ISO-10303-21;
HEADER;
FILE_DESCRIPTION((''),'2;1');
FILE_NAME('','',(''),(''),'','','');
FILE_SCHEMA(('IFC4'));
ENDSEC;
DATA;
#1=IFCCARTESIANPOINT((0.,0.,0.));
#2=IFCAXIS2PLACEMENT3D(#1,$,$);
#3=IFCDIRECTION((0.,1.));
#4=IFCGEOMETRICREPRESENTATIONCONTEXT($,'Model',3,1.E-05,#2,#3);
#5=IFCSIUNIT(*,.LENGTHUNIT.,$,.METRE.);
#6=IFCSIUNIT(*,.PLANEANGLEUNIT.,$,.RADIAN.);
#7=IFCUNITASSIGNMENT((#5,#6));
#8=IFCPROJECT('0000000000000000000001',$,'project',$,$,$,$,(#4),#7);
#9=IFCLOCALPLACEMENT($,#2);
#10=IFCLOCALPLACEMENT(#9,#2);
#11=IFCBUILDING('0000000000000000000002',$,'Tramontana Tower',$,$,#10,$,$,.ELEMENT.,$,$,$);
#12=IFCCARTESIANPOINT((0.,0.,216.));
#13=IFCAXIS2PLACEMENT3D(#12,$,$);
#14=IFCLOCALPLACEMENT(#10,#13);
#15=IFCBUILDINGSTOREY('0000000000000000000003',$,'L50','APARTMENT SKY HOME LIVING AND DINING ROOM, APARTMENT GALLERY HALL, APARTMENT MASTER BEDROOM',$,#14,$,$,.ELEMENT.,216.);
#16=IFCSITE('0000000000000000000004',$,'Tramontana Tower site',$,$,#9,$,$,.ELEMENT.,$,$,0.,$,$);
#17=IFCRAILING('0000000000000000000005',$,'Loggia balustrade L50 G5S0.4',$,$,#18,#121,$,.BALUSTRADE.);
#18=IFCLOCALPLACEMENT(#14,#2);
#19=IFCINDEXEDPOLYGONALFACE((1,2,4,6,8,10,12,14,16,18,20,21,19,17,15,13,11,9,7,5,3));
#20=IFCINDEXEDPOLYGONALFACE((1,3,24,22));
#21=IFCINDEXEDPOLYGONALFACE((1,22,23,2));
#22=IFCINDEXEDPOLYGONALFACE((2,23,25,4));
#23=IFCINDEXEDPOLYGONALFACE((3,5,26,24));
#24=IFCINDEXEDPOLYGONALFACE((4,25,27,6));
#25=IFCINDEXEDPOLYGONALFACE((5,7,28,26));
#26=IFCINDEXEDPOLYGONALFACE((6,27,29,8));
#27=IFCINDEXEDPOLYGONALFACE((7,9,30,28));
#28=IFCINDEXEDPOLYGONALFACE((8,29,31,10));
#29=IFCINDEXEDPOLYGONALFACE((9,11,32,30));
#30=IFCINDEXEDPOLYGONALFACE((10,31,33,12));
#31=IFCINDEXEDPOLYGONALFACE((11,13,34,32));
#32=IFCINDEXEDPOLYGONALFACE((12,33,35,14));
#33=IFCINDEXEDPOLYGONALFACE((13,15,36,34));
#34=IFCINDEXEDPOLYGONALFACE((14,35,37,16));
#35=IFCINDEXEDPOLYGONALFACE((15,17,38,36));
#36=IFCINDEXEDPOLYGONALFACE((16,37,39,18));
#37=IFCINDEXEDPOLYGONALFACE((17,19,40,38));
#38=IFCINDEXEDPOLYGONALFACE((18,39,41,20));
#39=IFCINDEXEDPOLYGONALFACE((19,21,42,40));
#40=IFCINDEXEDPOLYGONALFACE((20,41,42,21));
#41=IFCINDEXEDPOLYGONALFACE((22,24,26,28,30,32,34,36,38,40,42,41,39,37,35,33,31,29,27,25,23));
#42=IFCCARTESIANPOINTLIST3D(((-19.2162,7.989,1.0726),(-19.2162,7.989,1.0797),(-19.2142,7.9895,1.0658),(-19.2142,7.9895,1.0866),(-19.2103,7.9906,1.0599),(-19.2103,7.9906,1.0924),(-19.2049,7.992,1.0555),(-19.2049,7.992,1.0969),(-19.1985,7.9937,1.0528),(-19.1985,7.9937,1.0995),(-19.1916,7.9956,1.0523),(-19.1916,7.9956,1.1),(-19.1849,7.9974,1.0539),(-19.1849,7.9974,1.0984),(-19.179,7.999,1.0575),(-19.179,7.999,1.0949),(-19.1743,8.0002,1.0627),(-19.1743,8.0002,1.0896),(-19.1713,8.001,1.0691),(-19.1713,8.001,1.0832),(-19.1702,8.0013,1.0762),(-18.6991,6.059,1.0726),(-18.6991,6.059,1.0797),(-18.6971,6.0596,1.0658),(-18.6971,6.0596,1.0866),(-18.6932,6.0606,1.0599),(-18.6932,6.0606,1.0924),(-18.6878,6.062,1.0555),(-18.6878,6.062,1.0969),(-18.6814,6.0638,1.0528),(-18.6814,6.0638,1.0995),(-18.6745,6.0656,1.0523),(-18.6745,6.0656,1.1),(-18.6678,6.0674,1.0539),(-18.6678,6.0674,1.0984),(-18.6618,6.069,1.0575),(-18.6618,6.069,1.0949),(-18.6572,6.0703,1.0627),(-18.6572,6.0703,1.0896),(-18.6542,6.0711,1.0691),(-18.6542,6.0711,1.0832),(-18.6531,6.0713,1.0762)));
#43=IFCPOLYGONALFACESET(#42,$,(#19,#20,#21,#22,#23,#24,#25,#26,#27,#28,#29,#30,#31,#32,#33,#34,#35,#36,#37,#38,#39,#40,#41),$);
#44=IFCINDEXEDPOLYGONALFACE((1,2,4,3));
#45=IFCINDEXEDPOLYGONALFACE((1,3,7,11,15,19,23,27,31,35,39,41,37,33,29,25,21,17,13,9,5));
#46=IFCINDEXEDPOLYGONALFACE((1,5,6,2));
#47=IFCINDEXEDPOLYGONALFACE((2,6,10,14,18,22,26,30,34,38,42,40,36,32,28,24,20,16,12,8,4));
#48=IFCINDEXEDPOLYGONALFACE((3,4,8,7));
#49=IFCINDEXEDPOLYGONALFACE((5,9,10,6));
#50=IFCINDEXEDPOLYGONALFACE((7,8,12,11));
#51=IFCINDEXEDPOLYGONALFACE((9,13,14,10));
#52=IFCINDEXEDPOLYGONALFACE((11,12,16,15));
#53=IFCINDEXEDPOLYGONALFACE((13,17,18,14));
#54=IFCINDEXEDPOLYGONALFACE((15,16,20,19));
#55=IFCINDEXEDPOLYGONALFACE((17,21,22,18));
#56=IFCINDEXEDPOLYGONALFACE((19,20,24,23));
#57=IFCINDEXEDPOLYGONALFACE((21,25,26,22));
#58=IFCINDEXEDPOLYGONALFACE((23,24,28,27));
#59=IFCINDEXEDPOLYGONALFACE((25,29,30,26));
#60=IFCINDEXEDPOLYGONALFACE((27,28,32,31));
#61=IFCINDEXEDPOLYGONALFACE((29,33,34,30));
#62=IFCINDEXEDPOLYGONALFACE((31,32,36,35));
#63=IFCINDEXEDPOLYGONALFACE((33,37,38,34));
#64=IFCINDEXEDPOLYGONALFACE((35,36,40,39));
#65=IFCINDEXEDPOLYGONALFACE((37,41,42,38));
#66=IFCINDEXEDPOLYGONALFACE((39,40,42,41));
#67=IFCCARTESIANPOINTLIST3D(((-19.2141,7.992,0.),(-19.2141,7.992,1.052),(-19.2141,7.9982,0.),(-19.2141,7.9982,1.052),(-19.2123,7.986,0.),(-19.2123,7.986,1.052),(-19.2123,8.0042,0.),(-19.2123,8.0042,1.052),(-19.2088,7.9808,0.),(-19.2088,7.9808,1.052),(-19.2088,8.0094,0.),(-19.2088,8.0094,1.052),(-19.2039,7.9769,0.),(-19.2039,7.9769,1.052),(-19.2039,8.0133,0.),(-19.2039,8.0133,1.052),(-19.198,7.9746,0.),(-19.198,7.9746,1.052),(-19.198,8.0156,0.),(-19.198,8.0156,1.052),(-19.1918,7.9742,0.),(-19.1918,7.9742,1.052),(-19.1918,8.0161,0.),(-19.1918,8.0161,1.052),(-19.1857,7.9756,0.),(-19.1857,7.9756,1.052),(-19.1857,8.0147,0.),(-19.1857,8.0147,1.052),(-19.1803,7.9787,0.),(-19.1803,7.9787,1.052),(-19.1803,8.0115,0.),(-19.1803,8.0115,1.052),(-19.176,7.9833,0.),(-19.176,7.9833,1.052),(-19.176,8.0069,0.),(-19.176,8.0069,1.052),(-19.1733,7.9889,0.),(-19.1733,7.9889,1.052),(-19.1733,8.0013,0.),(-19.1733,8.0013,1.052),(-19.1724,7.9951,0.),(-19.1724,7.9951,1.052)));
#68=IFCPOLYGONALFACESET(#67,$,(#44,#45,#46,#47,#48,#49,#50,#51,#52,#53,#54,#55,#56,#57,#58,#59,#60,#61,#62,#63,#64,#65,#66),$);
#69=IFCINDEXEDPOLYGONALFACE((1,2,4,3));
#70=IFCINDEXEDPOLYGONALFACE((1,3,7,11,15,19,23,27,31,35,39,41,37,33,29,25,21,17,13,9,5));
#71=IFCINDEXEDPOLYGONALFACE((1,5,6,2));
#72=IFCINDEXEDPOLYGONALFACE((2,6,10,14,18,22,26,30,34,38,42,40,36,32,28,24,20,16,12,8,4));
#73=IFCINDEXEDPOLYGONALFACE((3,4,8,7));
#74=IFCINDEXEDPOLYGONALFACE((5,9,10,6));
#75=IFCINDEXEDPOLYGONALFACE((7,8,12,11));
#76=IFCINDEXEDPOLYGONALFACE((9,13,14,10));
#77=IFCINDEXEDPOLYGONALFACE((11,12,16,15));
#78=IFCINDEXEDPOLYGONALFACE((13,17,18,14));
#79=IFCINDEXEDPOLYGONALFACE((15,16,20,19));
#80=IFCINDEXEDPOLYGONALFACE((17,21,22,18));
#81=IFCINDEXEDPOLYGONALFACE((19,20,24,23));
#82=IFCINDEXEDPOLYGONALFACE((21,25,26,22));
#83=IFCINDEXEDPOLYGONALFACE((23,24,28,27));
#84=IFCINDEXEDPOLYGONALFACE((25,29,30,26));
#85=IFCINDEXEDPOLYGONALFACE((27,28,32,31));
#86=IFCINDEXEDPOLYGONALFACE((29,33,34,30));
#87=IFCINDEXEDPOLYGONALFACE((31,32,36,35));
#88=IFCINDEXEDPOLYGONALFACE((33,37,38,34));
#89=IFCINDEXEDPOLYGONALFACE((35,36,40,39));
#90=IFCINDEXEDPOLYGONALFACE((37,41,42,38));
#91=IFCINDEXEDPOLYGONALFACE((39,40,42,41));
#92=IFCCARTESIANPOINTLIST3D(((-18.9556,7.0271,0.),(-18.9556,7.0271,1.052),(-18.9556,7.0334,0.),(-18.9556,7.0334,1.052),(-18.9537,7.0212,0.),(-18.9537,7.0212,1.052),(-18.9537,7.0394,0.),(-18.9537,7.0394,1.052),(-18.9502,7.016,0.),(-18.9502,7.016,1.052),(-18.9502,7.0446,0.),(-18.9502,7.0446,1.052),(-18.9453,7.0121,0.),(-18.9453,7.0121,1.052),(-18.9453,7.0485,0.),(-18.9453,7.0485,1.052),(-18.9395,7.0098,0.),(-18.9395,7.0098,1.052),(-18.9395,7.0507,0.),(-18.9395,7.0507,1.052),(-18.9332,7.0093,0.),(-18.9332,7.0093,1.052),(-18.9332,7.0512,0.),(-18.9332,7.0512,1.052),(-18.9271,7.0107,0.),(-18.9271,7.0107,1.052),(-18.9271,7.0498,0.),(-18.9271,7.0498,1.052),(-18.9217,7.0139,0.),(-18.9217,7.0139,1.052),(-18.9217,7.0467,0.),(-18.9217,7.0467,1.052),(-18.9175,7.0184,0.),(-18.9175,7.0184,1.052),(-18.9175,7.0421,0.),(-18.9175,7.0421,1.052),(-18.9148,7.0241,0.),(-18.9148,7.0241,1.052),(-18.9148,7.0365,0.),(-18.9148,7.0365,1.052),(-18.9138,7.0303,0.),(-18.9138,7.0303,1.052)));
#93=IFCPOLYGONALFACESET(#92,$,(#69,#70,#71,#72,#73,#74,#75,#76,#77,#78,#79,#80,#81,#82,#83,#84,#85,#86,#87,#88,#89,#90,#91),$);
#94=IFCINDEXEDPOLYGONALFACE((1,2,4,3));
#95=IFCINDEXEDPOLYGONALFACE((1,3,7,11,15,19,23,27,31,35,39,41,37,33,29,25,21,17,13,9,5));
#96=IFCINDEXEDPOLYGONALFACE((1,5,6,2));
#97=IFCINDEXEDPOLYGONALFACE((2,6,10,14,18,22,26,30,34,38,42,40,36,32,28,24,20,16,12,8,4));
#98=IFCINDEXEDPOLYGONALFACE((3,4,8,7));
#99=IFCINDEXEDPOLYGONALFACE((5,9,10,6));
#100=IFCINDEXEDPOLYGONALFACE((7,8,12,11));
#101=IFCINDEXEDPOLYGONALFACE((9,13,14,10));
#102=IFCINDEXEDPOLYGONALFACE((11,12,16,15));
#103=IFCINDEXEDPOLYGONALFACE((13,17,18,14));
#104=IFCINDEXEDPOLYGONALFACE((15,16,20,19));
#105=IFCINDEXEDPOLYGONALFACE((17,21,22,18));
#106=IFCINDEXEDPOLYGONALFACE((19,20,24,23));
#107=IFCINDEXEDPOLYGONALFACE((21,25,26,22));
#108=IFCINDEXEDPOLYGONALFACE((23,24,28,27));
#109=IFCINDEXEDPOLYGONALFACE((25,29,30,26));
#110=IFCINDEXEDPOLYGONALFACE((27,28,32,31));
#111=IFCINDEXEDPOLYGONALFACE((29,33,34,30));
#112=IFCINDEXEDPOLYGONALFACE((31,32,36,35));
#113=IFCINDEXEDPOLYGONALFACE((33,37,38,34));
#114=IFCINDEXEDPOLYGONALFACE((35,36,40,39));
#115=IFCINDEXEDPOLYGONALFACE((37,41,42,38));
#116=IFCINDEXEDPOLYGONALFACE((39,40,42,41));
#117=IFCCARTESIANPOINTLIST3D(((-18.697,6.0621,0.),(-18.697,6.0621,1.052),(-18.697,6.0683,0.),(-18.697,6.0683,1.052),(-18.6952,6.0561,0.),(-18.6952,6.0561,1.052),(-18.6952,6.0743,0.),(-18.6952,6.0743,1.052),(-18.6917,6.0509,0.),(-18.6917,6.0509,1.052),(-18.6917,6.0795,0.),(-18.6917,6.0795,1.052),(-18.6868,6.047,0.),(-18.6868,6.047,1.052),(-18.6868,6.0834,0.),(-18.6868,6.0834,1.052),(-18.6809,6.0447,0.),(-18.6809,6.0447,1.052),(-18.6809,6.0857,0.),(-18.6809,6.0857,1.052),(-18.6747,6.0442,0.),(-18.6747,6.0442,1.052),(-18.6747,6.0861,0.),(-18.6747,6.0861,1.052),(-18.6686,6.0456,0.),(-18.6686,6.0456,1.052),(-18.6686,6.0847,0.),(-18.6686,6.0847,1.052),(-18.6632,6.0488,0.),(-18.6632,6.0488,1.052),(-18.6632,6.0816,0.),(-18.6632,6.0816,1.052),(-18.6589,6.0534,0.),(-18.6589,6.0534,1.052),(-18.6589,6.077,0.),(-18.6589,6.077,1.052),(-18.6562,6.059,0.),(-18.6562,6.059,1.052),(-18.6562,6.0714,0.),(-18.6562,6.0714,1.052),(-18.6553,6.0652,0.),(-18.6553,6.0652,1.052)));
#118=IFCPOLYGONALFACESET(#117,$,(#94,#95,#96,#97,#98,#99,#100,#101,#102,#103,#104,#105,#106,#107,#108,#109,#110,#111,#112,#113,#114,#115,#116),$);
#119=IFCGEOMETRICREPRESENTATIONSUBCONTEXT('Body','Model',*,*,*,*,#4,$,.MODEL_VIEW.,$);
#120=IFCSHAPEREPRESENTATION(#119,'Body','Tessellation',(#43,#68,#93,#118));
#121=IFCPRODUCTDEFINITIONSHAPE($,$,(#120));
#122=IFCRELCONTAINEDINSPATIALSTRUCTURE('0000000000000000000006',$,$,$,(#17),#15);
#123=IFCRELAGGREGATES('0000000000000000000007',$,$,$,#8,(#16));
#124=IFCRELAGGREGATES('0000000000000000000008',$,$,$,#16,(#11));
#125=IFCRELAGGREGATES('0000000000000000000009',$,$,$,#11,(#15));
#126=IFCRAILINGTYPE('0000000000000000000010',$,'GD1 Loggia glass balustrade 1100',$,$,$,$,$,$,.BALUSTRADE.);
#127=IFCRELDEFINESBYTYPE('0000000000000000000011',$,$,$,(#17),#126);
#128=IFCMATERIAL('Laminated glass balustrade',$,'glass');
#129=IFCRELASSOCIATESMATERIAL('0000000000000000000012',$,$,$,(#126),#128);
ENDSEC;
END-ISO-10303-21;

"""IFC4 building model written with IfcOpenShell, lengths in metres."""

from ifc_helpers import new_model, si_unit, direction, frame, origin, origin_2d, place, context, subcontext, project, spatial, circle, extrude, material, type_object, element, save


model = new_model("IFC4")

# Units and contexts
model_context = context("Model", 3, precision=1e-05, world=origin(), true_north=direction((0.0, 1.0)))
body_context = subcontext(model_context, "Body", "Model", "MODEL_VIEW")
ifc_project = project(units=[si_unit("LENGTHUNIT", "METRE"), si_unit("PLANEANGLEUNIT", "RADIAN")], contexts=[model_context])

# Site, building, storey
site_placement = place(None, origin())
site = spatial("IfcSite", under=ifc_project, at=site_placement, Name="Tramontana Tower site", CompositionType="ELEMENT", RefElevation=0.0)
building_placement = place(site_placement, origin())
building = spatial("IfcBuilding", under=site, at=building_placement, Name="Tramontana Tower", CompositionType="ELEMENT")
storey_placement = place(building_placement, frame((0.0, 0.0, 216.0)))
storey = spatial("IfcBuildingStorey", under=building, at=storey_placement, Name="L50", Description="APARTMENT SKY HOME LIVING AND DINING ROOM, APARTMENT GALLERY HALL, APARTMENT MASTER BEDROOM", CompositionType="ELEMENT", Elevation=216.0)

# Railing
ifc_material_1 = material(Name="Laminated glass balustrade", Category="glass")
railing_type = type_object("IfcRailingType", Name="GD1 Loggia glass balustrade 1100", PredefinedType="BALUSTRADE", material=ifc_material_1)
railing_placement = place(storey_placement, frame((-19.1934, 7.9951, 0.0)))
element("IfcRailing", 1, at=railing_placement, inside=storey, type_object=railing_type, Name="Loggia balustrade L50 G5S0.4", PredefinedType="BALUSTRADE", context=body_context, shape_type="SweptSolid", body=[
    extrude(circle(Radius=0.0239, at=origin_2d()), frame((0.0, 0.0, 1.0762), z_axis=(0.258803, -0.96593, 0.0), x_axis=(0.96593, 0.258803, 0.0)), (0.0, 0.0, 1.0), 1.998),
    extrude(circle(Radius=0.021, at=origin_2d()), origin(), (0.0, 0.0, 1.0), 1.052),
    extrude(circle(Radius=0.021, at=origin_2d()), frame((0.2585, -0.9648, 0.0)), (0.0, 0.0, 1.0), 1.052),
    extrude(circle(Radius=0.021, at=origin_2d()), frame((0.5171, -1.9299, 0.0)), (0.0, 0.0, 1.0), 1.052),
])

save(model, "model.ifc")
